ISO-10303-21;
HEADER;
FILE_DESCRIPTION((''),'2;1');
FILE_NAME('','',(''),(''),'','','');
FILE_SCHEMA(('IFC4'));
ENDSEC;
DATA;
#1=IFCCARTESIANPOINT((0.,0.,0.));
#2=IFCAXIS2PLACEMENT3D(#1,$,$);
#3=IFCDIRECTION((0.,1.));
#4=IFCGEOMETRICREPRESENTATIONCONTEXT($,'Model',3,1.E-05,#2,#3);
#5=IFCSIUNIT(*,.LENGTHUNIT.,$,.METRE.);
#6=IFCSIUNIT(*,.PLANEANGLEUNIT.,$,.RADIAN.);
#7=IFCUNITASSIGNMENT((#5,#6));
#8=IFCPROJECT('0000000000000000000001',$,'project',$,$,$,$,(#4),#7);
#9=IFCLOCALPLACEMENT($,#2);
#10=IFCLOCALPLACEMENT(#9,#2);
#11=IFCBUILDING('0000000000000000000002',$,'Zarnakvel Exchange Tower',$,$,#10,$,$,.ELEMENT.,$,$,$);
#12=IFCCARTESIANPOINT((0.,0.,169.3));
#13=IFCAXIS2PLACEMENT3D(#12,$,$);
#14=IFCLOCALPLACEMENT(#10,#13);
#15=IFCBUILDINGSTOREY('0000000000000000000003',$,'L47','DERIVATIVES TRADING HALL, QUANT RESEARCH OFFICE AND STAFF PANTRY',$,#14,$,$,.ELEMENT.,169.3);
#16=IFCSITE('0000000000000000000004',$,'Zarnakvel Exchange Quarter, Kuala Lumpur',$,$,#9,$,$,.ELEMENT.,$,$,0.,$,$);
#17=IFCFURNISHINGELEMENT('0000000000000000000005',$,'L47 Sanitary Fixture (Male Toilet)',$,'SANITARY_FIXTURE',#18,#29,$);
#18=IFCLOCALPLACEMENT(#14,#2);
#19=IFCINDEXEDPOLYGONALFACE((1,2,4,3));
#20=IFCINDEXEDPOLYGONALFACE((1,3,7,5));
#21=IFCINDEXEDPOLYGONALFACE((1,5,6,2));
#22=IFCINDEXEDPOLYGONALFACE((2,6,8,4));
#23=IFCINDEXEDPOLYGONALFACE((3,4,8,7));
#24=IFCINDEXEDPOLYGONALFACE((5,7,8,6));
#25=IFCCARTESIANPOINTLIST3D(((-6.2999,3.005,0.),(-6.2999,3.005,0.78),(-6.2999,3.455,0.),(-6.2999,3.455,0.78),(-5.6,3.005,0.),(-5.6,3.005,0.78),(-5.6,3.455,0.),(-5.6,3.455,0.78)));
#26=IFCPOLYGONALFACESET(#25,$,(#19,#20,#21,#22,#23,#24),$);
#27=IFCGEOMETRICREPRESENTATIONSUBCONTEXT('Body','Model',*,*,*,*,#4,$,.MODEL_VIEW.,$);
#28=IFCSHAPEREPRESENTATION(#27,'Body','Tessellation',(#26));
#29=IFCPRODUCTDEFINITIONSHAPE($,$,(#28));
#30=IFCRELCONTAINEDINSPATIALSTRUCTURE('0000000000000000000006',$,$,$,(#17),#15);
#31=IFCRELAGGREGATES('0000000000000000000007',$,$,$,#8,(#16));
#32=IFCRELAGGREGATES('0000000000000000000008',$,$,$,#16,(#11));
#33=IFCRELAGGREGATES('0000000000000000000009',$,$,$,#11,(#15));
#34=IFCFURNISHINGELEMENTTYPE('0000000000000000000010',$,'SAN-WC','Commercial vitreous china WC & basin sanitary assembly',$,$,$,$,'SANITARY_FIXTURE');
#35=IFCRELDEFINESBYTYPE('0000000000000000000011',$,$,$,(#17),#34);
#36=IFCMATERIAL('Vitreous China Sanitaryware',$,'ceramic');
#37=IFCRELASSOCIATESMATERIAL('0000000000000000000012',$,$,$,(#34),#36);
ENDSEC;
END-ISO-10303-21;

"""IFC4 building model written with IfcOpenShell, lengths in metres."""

from ifc_helpers import new_model, si_unit, direction, frame, origin, origin_2d, place, context, subcontext, project, spatial, rectangle, extrude, source, transform, mapped, material, type_object, element, save


model = new_model("IFC4")

# Units and contexts
model_context = context("Model", 3, precision=1e-05, world=origin(), true_north=direction((0.0, 1.0)))
body_context = subcontext(model_context, "Body", "Model", "MODEL_VIEW")
ifc_project = project(units=[si_unit("LENGTHUNIT", "METRE"), si_unit("PLANEANGLEUNIT", "RADIAN")], contexts=[model_context])

# Site, building, storey
site_placement = place(None, origin())
site = spatial("IfcSite", under=ifc_project, at=site_placement, Name="Zarnakvel Exchange Quarter, Kuala Lumpur", CompositionType="ELEMENT", RefElevation=0.0)
building_placement = place(site_placement, origin())
building = spatial("IfcBuilding", under=site, at=building_placement, Name="Zarnakvel Exchange Tower", CompositionType="ELEMENT")
storey_placement = place(building_placement, frame((0.0, 0.0, 169.3)))
storey = spatial("IfcBuildingStorey", under=building, at=storey_placement, Name="L47", Description="DERIVATIVES TRADING HALL, QUANT RESEARCH OFFICE AND STAFF PANTRY", CompositionType="ELEMENT", Elevation=169.3)

# Furnishing element
ifc_material_1 = material(Name="Vitreous China Sanitaryware", Category="ceramic")
furnishing_element_type = type_object("IfcFurnishingElementType", Name="SAN-WC", Description="Commercial vitreous china WC & basin sanitary assembly", ElementType="SANITARY_FIXTURE", material=ifc_material_1)
shared_shape_1 = source(origin(), body_context, "Body", "SweptSolid", [
    extrude(rectangle(XDim=0.7, YDim=0.45, at=origin_2d()), origin(), (0.0, 0.0, 1.0), 0.78),
])
furnishing_placement = place(storey_placement, frame((-5.95, 3.23, 0.0), z_axis=(0.0, 0.0, 1.0), x_axis=(1.0, 0.0, 0.0)))
element("IfcFurnishingElement", 1, at=furnishing_placement, inside=storey, type_object=furnishing_element_type, Name="L47 Sanitary Fixture (Male Toilet)", ObjectType="SANITARY_FIXTURE", context=body_context, shape_type="MappedRepresentation", body=[
    mapped(shared_shape_1, transform((0.0, 0.0, 0.0), x_axis=(1.0, 0.0, 0.0), y_axis=(0.0, 1.0, 0.0), z_axis=(0.0, 0.0, 1.0), scale=1.0)),
])

save(model, "model.ifc")
